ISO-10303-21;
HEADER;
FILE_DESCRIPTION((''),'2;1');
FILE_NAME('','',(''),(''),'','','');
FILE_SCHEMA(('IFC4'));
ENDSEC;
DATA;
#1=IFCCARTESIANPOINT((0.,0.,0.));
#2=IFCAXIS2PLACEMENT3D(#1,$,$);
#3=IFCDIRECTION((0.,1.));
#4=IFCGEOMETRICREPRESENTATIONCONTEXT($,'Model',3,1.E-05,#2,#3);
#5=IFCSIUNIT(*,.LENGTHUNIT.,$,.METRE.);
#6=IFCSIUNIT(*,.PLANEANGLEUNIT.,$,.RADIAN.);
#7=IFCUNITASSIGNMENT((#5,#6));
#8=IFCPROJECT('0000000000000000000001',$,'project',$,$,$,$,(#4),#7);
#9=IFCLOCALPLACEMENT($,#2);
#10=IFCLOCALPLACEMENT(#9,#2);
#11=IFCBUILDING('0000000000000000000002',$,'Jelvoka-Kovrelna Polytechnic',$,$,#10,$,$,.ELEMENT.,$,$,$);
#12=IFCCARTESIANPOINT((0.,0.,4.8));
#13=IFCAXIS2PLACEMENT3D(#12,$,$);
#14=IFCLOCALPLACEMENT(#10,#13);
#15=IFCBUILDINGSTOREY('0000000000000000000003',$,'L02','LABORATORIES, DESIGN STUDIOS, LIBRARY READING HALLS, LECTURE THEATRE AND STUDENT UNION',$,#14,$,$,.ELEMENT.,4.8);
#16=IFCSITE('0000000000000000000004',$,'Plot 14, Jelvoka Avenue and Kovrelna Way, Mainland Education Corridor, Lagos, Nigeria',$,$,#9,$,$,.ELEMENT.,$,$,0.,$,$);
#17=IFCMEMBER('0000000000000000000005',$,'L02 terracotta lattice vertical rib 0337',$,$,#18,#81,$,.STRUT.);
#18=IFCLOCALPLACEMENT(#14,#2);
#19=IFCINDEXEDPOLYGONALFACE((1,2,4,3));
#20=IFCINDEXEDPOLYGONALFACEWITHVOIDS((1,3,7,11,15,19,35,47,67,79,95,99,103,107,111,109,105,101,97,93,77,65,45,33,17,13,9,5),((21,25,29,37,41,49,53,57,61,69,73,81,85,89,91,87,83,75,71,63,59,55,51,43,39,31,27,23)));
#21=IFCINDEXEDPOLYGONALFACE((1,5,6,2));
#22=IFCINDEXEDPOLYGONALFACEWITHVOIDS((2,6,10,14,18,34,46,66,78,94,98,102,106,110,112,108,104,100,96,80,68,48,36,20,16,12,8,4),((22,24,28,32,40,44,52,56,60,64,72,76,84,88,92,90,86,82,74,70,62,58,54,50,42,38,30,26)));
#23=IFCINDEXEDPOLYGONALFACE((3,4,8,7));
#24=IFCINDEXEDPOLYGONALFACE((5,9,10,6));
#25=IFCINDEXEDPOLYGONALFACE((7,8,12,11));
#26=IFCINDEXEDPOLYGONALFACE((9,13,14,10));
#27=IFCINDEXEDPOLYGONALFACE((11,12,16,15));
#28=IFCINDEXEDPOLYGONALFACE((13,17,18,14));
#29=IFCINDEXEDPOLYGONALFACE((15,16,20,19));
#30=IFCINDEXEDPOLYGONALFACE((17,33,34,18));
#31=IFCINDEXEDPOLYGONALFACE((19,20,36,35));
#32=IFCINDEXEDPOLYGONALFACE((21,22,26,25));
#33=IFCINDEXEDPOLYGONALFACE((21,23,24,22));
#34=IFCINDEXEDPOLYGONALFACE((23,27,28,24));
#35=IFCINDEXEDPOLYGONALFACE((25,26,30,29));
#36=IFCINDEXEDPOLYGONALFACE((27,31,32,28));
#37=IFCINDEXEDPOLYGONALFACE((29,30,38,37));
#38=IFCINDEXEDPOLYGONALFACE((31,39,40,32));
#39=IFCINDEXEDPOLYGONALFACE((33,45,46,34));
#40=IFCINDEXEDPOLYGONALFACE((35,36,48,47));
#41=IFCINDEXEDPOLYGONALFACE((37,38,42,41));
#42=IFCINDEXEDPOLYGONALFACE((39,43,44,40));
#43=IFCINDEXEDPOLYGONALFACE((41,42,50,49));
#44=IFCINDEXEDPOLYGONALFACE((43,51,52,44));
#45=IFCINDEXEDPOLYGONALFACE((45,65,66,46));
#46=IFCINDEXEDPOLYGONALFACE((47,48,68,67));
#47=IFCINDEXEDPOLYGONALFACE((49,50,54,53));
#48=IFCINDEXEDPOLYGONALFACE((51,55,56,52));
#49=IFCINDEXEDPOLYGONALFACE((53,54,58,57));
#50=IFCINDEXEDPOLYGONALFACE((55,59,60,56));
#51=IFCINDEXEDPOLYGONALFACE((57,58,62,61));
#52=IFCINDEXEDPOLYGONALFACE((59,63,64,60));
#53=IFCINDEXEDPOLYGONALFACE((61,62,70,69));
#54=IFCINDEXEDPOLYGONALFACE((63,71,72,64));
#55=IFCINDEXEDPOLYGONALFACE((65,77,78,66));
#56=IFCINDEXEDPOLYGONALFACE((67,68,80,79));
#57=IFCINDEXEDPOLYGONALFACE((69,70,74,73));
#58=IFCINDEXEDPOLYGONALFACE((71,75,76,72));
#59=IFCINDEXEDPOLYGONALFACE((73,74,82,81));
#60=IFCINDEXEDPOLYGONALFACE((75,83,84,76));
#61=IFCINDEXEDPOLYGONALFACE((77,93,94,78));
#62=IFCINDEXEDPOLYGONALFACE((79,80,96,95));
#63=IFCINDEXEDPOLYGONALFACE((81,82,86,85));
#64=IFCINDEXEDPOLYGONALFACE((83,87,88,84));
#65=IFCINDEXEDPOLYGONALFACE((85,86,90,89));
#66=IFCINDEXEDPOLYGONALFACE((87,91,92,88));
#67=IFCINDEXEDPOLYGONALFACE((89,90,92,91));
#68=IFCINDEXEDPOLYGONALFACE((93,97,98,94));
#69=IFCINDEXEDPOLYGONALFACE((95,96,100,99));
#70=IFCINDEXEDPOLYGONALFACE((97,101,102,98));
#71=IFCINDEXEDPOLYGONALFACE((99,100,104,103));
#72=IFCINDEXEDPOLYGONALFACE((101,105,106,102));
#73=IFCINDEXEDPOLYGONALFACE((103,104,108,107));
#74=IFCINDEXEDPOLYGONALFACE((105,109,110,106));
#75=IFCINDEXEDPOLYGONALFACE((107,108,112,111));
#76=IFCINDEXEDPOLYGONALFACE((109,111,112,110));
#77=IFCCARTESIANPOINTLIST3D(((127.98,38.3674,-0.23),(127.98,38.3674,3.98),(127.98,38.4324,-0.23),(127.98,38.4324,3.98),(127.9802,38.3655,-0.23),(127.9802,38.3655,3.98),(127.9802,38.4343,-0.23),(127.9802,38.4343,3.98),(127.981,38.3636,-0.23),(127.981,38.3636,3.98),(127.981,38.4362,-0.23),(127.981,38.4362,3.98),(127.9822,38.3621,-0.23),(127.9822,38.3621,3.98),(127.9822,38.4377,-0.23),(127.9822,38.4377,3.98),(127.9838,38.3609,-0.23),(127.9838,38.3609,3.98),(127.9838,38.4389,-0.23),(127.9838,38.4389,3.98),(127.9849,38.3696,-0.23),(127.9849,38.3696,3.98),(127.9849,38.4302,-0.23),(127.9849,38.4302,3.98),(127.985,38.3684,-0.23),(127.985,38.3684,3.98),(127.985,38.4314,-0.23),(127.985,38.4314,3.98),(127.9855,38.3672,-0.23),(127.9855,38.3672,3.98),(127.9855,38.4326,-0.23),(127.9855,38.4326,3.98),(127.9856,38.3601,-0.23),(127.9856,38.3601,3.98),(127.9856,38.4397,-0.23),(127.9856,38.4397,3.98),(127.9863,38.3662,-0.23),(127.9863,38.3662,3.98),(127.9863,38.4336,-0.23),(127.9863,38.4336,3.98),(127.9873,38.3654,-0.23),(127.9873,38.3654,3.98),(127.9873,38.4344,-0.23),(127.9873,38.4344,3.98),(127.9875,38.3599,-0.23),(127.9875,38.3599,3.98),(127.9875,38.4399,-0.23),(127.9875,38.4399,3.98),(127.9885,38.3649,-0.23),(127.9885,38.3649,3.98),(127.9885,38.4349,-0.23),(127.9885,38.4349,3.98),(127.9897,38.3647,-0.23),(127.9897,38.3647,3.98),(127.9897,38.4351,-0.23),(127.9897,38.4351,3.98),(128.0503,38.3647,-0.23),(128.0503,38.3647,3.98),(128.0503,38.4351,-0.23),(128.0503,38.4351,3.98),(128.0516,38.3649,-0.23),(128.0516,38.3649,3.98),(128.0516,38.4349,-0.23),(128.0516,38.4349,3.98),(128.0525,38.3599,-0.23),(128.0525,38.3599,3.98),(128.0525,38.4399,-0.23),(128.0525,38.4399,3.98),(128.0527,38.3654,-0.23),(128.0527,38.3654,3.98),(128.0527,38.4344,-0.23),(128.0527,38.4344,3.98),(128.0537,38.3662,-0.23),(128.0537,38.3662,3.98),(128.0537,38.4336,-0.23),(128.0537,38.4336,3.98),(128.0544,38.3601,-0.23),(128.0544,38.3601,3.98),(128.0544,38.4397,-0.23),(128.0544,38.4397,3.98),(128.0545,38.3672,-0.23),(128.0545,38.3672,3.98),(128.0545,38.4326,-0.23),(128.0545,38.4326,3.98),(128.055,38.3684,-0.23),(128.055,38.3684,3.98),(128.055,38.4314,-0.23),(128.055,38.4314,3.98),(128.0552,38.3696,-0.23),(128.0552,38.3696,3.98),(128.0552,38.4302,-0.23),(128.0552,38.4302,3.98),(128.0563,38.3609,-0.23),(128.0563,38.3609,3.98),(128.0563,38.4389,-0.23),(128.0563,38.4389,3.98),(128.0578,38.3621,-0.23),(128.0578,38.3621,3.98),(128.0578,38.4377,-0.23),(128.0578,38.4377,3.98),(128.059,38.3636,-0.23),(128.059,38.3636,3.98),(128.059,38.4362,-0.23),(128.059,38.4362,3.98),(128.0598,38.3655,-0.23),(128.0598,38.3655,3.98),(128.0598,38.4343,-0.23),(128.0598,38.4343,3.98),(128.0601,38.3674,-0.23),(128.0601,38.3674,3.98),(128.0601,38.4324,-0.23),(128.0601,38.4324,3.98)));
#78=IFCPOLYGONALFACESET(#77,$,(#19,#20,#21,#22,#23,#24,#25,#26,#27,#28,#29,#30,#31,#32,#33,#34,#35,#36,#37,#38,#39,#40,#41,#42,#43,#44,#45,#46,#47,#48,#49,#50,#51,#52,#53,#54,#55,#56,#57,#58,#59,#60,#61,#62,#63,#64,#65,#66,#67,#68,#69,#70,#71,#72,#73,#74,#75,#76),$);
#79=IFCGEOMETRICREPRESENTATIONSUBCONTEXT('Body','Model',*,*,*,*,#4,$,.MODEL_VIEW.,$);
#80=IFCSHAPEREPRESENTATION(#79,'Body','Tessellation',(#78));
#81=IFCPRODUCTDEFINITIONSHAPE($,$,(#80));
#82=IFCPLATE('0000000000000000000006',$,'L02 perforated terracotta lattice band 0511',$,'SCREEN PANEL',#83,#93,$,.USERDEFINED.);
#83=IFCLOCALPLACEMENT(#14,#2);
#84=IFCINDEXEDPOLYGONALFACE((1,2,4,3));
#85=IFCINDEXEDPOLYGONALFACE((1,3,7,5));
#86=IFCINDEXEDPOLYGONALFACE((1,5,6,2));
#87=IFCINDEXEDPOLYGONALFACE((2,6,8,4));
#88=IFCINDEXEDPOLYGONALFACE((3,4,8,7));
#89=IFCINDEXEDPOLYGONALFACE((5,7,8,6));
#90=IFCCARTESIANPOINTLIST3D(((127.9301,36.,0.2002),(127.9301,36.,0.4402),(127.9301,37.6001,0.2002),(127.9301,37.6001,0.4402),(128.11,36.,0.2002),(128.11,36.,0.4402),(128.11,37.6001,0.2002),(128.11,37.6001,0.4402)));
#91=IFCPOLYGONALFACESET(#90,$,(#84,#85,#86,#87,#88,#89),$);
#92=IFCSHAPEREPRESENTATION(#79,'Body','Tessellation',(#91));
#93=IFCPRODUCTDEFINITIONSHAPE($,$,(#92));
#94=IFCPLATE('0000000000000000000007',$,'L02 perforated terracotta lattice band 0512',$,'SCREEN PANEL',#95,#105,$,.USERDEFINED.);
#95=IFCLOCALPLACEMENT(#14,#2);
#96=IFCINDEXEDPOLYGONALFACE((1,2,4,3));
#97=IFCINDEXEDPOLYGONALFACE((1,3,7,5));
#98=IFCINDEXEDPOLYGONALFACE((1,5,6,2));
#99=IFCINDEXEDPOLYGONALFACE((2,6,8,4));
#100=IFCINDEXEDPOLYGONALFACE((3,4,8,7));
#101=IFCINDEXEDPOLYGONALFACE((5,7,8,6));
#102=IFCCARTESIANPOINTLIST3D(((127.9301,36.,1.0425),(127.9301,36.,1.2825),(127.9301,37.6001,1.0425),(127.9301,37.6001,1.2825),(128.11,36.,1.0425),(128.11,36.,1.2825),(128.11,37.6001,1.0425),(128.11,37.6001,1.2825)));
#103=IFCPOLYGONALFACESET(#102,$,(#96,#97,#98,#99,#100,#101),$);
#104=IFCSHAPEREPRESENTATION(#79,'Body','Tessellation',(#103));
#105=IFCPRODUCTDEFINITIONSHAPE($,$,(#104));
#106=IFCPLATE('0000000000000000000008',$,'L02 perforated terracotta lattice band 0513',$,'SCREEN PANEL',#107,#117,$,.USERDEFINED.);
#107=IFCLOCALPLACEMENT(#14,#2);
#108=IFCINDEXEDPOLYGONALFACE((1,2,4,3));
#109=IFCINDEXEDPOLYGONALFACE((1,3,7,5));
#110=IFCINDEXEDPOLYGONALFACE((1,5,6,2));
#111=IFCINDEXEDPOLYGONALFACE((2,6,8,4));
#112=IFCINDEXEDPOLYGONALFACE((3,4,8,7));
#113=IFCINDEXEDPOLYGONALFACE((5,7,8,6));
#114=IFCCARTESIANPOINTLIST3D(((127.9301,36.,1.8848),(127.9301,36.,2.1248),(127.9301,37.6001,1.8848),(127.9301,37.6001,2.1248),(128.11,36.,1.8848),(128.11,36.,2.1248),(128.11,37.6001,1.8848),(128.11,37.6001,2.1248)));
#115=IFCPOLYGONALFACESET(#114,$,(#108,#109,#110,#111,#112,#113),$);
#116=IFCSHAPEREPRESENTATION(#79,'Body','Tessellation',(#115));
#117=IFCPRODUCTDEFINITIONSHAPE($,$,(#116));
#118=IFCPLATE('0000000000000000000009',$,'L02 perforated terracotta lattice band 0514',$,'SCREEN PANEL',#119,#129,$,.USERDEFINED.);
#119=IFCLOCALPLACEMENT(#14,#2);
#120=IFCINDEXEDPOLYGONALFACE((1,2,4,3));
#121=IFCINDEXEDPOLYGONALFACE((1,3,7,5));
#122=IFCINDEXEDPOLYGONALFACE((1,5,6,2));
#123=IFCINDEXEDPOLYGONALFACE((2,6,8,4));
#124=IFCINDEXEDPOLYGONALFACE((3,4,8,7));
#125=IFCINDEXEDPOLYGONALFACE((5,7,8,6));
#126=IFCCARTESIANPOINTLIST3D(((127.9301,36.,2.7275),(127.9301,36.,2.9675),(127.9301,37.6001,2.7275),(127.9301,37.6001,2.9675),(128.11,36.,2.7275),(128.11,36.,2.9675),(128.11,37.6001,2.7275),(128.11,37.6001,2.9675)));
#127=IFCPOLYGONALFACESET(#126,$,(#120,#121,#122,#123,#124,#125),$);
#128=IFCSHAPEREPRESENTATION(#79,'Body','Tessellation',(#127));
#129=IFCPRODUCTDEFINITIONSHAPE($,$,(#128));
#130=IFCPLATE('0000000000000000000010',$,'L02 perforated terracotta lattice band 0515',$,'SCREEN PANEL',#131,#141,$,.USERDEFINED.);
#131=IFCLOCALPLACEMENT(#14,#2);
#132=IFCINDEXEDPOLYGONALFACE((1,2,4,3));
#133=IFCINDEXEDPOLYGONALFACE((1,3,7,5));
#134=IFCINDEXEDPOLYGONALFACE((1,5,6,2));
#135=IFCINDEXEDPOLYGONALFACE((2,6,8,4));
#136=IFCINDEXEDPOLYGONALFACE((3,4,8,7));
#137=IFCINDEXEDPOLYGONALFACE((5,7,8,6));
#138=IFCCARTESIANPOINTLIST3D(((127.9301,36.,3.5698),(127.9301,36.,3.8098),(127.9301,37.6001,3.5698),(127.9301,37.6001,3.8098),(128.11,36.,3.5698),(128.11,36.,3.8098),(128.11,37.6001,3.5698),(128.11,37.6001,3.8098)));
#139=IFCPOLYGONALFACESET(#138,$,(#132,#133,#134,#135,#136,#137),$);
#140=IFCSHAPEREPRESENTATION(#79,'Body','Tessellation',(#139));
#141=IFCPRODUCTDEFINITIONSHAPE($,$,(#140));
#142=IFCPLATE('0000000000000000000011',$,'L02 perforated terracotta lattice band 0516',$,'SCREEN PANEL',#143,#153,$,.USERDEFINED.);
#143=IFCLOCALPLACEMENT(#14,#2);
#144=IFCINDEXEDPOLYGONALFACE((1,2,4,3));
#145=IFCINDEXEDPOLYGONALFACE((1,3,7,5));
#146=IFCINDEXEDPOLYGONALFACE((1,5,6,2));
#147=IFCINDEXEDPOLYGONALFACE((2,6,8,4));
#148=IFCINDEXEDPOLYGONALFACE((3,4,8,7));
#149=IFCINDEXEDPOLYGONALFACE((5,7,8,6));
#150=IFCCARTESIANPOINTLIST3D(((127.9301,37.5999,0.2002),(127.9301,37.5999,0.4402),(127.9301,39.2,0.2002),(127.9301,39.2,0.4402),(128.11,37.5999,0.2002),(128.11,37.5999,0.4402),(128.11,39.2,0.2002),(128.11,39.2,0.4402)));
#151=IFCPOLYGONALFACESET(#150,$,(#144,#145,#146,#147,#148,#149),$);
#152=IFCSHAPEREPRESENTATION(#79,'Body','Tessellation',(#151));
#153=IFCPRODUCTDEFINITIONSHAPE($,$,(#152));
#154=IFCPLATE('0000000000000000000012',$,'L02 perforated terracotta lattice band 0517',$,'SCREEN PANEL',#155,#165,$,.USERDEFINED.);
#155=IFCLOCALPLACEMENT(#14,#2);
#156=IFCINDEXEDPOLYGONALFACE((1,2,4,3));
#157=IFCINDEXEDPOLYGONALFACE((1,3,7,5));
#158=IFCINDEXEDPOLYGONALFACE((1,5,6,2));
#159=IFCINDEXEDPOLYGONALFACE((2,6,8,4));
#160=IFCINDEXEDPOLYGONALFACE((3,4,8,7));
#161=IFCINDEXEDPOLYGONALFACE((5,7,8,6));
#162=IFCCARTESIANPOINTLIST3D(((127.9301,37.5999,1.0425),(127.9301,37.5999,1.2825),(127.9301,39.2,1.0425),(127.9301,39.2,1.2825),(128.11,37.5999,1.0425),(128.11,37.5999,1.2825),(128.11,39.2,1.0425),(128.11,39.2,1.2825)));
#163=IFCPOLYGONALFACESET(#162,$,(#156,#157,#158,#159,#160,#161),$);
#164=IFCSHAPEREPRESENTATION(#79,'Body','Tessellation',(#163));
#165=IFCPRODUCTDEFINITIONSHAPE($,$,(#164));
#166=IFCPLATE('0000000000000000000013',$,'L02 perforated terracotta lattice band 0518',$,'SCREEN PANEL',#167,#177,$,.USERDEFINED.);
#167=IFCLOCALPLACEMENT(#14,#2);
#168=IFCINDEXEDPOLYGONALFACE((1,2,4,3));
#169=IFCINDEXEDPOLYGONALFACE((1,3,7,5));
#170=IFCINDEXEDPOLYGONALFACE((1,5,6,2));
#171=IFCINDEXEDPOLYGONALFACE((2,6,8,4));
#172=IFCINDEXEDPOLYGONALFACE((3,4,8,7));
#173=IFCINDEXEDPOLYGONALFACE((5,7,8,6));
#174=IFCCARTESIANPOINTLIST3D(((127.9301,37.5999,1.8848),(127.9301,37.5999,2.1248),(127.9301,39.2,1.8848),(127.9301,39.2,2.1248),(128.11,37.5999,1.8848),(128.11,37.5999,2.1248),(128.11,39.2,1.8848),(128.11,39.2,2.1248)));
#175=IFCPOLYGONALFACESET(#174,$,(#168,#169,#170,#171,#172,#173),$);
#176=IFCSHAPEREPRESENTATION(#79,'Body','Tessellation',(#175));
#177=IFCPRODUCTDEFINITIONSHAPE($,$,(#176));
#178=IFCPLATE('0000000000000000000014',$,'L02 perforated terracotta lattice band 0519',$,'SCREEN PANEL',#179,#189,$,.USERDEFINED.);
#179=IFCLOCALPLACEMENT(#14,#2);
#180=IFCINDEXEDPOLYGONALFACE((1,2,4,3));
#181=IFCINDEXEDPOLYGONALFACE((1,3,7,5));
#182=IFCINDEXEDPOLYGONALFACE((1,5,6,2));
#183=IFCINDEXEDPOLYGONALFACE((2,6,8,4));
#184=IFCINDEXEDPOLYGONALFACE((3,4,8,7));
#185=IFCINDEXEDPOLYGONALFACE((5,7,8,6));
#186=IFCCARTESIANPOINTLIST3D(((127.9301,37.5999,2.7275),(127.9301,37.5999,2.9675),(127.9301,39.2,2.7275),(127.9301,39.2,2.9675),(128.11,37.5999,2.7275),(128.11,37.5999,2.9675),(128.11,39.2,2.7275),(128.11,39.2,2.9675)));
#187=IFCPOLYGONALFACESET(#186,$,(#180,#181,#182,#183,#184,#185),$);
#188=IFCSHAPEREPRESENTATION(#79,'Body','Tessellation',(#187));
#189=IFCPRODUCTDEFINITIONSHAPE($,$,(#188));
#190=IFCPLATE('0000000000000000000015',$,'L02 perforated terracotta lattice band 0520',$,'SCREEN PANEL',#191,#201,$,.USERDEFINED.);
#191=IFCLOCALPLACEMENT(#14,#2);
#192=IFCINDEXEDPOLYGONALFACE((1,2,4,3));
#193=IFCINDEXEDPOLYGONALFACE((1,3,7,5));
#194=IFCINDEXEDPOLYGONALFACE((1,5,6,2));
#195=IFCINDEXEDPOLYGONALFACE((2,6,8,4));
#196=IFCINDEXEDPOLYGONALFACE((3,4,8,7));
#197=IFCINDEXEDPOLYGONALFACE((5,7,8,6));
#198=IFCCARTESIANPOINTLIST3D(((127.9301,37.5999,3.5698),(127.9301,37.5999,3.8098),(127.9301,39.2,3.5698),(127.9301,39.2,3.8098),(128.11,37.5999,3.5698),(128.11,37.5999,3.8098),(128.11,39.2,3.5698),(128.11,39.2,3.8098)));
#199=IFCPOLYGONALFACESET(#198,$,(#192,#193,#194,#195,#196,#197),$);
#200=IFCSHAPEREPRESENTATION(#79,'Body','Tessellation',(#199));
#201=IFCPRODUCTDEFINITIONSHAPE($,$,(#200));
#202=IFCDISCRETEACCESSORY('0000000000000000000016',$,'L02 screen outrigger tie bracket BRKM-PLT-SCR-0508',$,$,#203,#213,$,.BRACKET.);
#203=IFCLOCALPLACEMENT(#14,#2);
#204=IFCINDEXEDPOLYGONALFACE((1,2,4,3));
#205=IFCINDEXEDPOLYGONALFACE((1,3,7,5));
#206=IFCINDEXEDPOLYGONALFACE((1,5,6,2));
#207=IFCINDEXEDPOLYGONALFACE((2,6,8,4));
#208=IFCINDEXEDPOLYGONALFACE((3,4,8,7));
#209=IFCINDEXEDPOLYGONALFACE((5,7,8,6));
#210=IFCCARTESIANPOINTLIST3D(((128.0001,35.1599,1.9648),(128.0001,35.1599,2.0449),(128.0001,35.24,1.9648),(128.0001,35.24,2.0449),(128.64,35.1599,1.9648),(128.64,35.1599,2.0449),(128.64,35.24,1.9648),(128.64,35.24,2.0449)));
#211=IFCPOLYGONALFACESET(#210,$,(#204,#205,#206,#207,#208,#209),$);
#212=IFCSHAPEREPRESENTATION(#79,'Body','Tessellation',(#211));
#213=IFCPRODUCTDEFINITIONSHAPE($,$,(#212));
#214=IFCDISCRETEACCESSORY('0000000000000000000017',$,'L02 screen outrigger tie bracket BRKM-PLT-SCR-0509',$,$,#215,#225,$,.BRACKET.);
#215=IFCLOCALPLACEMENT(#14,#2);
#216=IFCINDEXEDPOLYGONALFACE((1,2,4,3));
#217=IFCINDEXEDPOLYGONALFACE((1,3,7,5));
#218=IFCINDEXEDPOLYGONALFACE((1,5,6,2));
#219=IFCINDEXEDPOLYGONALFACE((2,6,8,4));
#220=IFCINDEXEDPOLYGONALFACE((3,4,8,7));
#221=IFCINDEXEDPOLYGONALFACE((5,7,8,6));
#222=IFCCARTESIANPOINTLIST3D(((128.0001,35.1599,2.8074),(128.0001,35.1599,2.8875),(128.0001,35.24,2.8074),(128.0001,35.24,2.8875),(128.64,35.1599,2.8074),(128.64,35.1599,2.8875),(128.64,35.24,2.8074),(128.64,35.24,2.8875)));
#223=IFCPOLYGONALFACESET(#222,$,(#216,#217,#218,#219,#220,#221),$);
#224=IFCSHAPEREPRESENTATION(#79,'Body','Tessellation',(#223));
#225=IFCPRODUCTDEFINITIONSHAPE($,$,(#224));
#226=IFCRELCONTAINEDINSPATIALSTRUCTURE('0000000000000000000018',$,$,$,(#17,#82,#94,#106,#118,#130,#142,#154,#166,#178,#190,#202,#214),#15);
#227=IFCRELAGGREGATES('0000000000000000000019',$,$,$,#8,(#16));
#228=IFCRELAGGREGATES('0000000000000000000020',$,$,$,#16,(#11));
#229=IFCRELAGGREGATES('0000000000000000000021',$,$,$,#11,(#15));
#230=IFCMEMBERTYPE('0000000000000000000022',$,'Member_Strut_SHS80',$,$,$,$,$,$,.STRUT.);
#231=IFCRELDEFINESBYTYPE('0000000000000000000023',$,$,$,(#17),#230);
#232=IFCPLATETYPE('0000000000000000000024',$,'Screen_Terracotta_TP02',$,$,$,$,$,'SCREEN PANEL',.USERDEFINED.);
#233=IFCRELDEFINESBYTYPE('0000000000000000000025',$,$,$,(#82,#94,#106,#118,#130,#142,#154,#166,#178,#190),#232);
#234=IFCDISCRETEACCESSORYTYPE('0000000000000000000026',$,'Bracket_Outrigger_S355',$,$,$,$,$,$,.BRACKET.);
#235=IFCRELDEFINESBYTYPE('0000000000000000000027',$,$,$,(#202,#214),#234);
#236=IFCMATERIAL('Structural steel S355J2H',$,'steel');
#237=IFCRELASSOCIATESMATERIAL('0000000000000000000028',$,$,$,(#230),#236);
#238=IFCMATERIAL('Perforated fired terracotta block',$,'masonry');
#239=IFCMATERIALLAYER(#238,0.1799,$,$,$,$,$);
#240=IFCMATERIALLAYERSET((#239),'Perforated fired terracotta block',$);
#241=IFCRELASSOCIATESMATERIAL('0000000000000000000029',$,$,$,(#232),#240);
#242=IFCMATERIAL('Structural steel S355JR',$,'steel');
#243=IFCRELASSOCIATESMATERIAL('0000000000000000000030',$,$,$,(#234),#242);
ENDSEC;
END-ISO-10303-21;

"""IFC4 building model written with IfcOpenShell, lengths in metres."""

from ifc_helpers import new_model, si_unit, direction, frame, origin, origin_2d, place, context, subcontext, project, spatial, rectangle, hollow_rectangle, extrude, material, layer, layer_set, material_profile, profile_set, type_object, element, save


model = new_model("IFC4")

# Units and contexts
model_context = context("Model", 3, precision=1e-05, world=origin(), true_north=direction((0.0, 1.0)))
body_context = subcontext(model_context, "Body", "Model", "MODEL_VIEW")
ifc_project = project(units=[si_unit("LENGTHUNIT", "METRE"), si_unit("PLANEANGLEUNIT", "RADIAN")], contexts=[model_context])

# Site, building, storey
site_placement = place(None, origin())
site = spatial("IfcSite", under=ifc_project, at=site_placement, Name="Plot 14, Jelvoka Avenue and Kovrelna Way, Mainland Education Corridor, Lagos, Nigeria", CompositionType="ELEMENT", RefElevation=0.0)
building_placement = place(site_placement, origin())
building = spatial("IfcBuilding", under=site, at=building_placement, Name="Jelvoka-Kovrelna Polytechnic", CompositionType="ELEMENT")
storey_placement = place(building_placement, frame((0.0, 0.0, 4.8)))
storey = spatial("IfcBuildingStorey", under=building, at=storey_placement, Name="L02", Description="LABORATORIES, DESIGN STUDIOS, LIBRARY READING HALLS, LECTURE THEATRE AND STUDENT UNION", CompositionType="ELEMENT", Elevation=4.8)

# Member
ifc_material_1 = material(Name="Structural steel S355J2H", Category="steel")
ifc_material_profile = material_profile(ifc_material_1, hollow_rectangle(XDim=0.0801, YDim=0.0801, WallThickness=0.0049, InnerFilletRadius=0.0049, OuterFilletRadius=0.0076, at=origin_2d()), Name="80x80x5.0 SHS")
ifc_profile_set = profile_set([ifc_material_profile], Name="Structural steel S355J2H")
member_type = type_object("IfcMemberType", Name="Member_Strut_SHS80", PredefinedType="STRUT", material=ifc_profile_set)
for number, where, z_axis, x_axis, name in (
    (1, (128.02, 38.3999, -0.23), (0.0, 0.0, 1.0), (1.0, 0.0, 0.0), "L02 terracotta lattice vertical rib 0337"),
):
    element("IfcMember", number, at=place(storey_placement, frame(where, z_axis=z_axis, x_axis=x_axis)), inside=storey, type_object=member_type, Name=name, PredefinedType="STRUT", context=body_context, shape_type="SweptSolid", body=[
        extrude(hollow_rectangle(XDim=0.0801, YDim=0.0801, WallThickness=0.0049, InnerFilletRadius=0.0049, OuterFilletRadius=0.0076, at=origin_2d()), origin(), (0.0, 0.0, 1.0), 4.21),
    ])

# Plates
ifc_material_2 = material(Name="Perforated fired terracotta block", Category="masonry")
ifc_layer = layer(ifc_material_2, 0.1799)
ifc_layer_set = layer_set([ifc_layer], Name="Perforated fired terracotta block")
plate_type = type_object("IfcPlateType", Name="Screen_Terracotta_TP02", ElementType="SCREEN PANEL", PredefinedType="USERDEFINED", material=ifc_layer_set)
for number, where, z_axis, x_axis, name in (
    (2, (128.02, 36.8, 0.2002), (0.0, 0.0, 1.0), (0.0, 1.0, 0.0), "L02 perforated terracotta lattice band 0511"),
    (3, (128.02, 36.8, 1.0425), (0.0, 0.0, 1.0), (0.0, 1.0, 0.0), "L02 perforated terracotta lattice band 0512"),
    (4, (128.02, 36.8, 1.8848), (0.0, 0.0, 1.0), (0.0, 1.0, 0.0), "L02 perforated terracotta lattice band 0513"),
    (5, (128.02, 36.8, 2.7275), (0.0, 0.0, 1.0), (0.0, 1.0, 0.0), "L02 perforated terracotta lattice band 0514"),
    (6, (128.02, 36.8, 3.5698), (0.0, 0.0, 1.0), (0.0, 1.0, 0.0), "L02 perforated terracotta lattice band 0515"),
    (7, (128.02, 38.3999, 0.2002), (0.0, 0.0, 1.0), (0.0, 1.0, 0.0), "L02 perforated terracotta lattice band 0516"),
    (8, (128.02, 38.3999, 1.0425), (0.0, 0.0, 1.0), (0.0, 1.0, 0.0), "L02 perforated terracotta lattice band 0517"),
    (9, (128.02, 38.3999, 1.8848), (0.0, 0.0, 1.0), (0.0, 1.0, 0.0), "L02 perforated terracotta lattice band 0518"),
    (10, (128.02, 38.3999, 2.7275), (0.0, 0.0, 1.0), (0.0, 1.0, 0.0), "L02 perforated terracotta lattice band 0519"),
    (11, (128.02, 38.3999, 3.5698), (0.0, 0.0, 1.0), (0.0, 1.0, 0.0), "L02 perforated terracotta lattice band 0520"),
):
    element("IfcPlate", number, at=place(storey_placement, frame(where, z_axis=z_axis, x_axis=x_axis)), inside=storey, type_object=plate_type, Name=name, ObjectType="SCREEN PANEL", PredefinedType="USERDEFINED", context=body_context, shape_type="SweptSolid", body=[
        extrude(rectangle(XDim=1.6001, YDim=0.1799, at=origin_2d()), origin(), (0.0, 0.0, 1.0), 0.24),
    ])

# Discrete accessories
ifc_material_3 = material(Name="Structural steel S355JR", Category="steel")
discrete_accessory_type = type_object("IfcDiscreteAccessoryType", Name="Bracket_Outrigger_S355", PredefinedType="BRACKET", material=ifc_material_3)
for number, where, z_axis, x_axis, name in (
    (12, (128.3201, 35.2, 1.9648), (0.0, 0.0, 1.0), (1.0, 0.0, 0.0), "L02 screen outrigger tie bracket BRKM-PLT-SCR-0508"),
    (13, (128.3201, 35.2, 2.8074), (0.0, 0.0, 1.0), (1.0, 0.0, 0.0), "L02 screen outrigger tie bracket BRKM-PLT-SCR-0509"),
):
    element("IfcDiscreteAccessory", number, at=place(storey_placement, frame(where, z_axis=z_axis, x_axis=x_axis)), inside=storey, type_object=discrete_accessory_type, Name=name, PredefinedType="BRACKET", context=body_context, shape_type="SweptSolid", body=[
        extrude(rectangle(XDim=0.6399, YDim=0.0801, at=origin_2d()), origin(), (0.0, 0.0, 1.0), 0.0801),
    ])

save(model, "model.ifc")
